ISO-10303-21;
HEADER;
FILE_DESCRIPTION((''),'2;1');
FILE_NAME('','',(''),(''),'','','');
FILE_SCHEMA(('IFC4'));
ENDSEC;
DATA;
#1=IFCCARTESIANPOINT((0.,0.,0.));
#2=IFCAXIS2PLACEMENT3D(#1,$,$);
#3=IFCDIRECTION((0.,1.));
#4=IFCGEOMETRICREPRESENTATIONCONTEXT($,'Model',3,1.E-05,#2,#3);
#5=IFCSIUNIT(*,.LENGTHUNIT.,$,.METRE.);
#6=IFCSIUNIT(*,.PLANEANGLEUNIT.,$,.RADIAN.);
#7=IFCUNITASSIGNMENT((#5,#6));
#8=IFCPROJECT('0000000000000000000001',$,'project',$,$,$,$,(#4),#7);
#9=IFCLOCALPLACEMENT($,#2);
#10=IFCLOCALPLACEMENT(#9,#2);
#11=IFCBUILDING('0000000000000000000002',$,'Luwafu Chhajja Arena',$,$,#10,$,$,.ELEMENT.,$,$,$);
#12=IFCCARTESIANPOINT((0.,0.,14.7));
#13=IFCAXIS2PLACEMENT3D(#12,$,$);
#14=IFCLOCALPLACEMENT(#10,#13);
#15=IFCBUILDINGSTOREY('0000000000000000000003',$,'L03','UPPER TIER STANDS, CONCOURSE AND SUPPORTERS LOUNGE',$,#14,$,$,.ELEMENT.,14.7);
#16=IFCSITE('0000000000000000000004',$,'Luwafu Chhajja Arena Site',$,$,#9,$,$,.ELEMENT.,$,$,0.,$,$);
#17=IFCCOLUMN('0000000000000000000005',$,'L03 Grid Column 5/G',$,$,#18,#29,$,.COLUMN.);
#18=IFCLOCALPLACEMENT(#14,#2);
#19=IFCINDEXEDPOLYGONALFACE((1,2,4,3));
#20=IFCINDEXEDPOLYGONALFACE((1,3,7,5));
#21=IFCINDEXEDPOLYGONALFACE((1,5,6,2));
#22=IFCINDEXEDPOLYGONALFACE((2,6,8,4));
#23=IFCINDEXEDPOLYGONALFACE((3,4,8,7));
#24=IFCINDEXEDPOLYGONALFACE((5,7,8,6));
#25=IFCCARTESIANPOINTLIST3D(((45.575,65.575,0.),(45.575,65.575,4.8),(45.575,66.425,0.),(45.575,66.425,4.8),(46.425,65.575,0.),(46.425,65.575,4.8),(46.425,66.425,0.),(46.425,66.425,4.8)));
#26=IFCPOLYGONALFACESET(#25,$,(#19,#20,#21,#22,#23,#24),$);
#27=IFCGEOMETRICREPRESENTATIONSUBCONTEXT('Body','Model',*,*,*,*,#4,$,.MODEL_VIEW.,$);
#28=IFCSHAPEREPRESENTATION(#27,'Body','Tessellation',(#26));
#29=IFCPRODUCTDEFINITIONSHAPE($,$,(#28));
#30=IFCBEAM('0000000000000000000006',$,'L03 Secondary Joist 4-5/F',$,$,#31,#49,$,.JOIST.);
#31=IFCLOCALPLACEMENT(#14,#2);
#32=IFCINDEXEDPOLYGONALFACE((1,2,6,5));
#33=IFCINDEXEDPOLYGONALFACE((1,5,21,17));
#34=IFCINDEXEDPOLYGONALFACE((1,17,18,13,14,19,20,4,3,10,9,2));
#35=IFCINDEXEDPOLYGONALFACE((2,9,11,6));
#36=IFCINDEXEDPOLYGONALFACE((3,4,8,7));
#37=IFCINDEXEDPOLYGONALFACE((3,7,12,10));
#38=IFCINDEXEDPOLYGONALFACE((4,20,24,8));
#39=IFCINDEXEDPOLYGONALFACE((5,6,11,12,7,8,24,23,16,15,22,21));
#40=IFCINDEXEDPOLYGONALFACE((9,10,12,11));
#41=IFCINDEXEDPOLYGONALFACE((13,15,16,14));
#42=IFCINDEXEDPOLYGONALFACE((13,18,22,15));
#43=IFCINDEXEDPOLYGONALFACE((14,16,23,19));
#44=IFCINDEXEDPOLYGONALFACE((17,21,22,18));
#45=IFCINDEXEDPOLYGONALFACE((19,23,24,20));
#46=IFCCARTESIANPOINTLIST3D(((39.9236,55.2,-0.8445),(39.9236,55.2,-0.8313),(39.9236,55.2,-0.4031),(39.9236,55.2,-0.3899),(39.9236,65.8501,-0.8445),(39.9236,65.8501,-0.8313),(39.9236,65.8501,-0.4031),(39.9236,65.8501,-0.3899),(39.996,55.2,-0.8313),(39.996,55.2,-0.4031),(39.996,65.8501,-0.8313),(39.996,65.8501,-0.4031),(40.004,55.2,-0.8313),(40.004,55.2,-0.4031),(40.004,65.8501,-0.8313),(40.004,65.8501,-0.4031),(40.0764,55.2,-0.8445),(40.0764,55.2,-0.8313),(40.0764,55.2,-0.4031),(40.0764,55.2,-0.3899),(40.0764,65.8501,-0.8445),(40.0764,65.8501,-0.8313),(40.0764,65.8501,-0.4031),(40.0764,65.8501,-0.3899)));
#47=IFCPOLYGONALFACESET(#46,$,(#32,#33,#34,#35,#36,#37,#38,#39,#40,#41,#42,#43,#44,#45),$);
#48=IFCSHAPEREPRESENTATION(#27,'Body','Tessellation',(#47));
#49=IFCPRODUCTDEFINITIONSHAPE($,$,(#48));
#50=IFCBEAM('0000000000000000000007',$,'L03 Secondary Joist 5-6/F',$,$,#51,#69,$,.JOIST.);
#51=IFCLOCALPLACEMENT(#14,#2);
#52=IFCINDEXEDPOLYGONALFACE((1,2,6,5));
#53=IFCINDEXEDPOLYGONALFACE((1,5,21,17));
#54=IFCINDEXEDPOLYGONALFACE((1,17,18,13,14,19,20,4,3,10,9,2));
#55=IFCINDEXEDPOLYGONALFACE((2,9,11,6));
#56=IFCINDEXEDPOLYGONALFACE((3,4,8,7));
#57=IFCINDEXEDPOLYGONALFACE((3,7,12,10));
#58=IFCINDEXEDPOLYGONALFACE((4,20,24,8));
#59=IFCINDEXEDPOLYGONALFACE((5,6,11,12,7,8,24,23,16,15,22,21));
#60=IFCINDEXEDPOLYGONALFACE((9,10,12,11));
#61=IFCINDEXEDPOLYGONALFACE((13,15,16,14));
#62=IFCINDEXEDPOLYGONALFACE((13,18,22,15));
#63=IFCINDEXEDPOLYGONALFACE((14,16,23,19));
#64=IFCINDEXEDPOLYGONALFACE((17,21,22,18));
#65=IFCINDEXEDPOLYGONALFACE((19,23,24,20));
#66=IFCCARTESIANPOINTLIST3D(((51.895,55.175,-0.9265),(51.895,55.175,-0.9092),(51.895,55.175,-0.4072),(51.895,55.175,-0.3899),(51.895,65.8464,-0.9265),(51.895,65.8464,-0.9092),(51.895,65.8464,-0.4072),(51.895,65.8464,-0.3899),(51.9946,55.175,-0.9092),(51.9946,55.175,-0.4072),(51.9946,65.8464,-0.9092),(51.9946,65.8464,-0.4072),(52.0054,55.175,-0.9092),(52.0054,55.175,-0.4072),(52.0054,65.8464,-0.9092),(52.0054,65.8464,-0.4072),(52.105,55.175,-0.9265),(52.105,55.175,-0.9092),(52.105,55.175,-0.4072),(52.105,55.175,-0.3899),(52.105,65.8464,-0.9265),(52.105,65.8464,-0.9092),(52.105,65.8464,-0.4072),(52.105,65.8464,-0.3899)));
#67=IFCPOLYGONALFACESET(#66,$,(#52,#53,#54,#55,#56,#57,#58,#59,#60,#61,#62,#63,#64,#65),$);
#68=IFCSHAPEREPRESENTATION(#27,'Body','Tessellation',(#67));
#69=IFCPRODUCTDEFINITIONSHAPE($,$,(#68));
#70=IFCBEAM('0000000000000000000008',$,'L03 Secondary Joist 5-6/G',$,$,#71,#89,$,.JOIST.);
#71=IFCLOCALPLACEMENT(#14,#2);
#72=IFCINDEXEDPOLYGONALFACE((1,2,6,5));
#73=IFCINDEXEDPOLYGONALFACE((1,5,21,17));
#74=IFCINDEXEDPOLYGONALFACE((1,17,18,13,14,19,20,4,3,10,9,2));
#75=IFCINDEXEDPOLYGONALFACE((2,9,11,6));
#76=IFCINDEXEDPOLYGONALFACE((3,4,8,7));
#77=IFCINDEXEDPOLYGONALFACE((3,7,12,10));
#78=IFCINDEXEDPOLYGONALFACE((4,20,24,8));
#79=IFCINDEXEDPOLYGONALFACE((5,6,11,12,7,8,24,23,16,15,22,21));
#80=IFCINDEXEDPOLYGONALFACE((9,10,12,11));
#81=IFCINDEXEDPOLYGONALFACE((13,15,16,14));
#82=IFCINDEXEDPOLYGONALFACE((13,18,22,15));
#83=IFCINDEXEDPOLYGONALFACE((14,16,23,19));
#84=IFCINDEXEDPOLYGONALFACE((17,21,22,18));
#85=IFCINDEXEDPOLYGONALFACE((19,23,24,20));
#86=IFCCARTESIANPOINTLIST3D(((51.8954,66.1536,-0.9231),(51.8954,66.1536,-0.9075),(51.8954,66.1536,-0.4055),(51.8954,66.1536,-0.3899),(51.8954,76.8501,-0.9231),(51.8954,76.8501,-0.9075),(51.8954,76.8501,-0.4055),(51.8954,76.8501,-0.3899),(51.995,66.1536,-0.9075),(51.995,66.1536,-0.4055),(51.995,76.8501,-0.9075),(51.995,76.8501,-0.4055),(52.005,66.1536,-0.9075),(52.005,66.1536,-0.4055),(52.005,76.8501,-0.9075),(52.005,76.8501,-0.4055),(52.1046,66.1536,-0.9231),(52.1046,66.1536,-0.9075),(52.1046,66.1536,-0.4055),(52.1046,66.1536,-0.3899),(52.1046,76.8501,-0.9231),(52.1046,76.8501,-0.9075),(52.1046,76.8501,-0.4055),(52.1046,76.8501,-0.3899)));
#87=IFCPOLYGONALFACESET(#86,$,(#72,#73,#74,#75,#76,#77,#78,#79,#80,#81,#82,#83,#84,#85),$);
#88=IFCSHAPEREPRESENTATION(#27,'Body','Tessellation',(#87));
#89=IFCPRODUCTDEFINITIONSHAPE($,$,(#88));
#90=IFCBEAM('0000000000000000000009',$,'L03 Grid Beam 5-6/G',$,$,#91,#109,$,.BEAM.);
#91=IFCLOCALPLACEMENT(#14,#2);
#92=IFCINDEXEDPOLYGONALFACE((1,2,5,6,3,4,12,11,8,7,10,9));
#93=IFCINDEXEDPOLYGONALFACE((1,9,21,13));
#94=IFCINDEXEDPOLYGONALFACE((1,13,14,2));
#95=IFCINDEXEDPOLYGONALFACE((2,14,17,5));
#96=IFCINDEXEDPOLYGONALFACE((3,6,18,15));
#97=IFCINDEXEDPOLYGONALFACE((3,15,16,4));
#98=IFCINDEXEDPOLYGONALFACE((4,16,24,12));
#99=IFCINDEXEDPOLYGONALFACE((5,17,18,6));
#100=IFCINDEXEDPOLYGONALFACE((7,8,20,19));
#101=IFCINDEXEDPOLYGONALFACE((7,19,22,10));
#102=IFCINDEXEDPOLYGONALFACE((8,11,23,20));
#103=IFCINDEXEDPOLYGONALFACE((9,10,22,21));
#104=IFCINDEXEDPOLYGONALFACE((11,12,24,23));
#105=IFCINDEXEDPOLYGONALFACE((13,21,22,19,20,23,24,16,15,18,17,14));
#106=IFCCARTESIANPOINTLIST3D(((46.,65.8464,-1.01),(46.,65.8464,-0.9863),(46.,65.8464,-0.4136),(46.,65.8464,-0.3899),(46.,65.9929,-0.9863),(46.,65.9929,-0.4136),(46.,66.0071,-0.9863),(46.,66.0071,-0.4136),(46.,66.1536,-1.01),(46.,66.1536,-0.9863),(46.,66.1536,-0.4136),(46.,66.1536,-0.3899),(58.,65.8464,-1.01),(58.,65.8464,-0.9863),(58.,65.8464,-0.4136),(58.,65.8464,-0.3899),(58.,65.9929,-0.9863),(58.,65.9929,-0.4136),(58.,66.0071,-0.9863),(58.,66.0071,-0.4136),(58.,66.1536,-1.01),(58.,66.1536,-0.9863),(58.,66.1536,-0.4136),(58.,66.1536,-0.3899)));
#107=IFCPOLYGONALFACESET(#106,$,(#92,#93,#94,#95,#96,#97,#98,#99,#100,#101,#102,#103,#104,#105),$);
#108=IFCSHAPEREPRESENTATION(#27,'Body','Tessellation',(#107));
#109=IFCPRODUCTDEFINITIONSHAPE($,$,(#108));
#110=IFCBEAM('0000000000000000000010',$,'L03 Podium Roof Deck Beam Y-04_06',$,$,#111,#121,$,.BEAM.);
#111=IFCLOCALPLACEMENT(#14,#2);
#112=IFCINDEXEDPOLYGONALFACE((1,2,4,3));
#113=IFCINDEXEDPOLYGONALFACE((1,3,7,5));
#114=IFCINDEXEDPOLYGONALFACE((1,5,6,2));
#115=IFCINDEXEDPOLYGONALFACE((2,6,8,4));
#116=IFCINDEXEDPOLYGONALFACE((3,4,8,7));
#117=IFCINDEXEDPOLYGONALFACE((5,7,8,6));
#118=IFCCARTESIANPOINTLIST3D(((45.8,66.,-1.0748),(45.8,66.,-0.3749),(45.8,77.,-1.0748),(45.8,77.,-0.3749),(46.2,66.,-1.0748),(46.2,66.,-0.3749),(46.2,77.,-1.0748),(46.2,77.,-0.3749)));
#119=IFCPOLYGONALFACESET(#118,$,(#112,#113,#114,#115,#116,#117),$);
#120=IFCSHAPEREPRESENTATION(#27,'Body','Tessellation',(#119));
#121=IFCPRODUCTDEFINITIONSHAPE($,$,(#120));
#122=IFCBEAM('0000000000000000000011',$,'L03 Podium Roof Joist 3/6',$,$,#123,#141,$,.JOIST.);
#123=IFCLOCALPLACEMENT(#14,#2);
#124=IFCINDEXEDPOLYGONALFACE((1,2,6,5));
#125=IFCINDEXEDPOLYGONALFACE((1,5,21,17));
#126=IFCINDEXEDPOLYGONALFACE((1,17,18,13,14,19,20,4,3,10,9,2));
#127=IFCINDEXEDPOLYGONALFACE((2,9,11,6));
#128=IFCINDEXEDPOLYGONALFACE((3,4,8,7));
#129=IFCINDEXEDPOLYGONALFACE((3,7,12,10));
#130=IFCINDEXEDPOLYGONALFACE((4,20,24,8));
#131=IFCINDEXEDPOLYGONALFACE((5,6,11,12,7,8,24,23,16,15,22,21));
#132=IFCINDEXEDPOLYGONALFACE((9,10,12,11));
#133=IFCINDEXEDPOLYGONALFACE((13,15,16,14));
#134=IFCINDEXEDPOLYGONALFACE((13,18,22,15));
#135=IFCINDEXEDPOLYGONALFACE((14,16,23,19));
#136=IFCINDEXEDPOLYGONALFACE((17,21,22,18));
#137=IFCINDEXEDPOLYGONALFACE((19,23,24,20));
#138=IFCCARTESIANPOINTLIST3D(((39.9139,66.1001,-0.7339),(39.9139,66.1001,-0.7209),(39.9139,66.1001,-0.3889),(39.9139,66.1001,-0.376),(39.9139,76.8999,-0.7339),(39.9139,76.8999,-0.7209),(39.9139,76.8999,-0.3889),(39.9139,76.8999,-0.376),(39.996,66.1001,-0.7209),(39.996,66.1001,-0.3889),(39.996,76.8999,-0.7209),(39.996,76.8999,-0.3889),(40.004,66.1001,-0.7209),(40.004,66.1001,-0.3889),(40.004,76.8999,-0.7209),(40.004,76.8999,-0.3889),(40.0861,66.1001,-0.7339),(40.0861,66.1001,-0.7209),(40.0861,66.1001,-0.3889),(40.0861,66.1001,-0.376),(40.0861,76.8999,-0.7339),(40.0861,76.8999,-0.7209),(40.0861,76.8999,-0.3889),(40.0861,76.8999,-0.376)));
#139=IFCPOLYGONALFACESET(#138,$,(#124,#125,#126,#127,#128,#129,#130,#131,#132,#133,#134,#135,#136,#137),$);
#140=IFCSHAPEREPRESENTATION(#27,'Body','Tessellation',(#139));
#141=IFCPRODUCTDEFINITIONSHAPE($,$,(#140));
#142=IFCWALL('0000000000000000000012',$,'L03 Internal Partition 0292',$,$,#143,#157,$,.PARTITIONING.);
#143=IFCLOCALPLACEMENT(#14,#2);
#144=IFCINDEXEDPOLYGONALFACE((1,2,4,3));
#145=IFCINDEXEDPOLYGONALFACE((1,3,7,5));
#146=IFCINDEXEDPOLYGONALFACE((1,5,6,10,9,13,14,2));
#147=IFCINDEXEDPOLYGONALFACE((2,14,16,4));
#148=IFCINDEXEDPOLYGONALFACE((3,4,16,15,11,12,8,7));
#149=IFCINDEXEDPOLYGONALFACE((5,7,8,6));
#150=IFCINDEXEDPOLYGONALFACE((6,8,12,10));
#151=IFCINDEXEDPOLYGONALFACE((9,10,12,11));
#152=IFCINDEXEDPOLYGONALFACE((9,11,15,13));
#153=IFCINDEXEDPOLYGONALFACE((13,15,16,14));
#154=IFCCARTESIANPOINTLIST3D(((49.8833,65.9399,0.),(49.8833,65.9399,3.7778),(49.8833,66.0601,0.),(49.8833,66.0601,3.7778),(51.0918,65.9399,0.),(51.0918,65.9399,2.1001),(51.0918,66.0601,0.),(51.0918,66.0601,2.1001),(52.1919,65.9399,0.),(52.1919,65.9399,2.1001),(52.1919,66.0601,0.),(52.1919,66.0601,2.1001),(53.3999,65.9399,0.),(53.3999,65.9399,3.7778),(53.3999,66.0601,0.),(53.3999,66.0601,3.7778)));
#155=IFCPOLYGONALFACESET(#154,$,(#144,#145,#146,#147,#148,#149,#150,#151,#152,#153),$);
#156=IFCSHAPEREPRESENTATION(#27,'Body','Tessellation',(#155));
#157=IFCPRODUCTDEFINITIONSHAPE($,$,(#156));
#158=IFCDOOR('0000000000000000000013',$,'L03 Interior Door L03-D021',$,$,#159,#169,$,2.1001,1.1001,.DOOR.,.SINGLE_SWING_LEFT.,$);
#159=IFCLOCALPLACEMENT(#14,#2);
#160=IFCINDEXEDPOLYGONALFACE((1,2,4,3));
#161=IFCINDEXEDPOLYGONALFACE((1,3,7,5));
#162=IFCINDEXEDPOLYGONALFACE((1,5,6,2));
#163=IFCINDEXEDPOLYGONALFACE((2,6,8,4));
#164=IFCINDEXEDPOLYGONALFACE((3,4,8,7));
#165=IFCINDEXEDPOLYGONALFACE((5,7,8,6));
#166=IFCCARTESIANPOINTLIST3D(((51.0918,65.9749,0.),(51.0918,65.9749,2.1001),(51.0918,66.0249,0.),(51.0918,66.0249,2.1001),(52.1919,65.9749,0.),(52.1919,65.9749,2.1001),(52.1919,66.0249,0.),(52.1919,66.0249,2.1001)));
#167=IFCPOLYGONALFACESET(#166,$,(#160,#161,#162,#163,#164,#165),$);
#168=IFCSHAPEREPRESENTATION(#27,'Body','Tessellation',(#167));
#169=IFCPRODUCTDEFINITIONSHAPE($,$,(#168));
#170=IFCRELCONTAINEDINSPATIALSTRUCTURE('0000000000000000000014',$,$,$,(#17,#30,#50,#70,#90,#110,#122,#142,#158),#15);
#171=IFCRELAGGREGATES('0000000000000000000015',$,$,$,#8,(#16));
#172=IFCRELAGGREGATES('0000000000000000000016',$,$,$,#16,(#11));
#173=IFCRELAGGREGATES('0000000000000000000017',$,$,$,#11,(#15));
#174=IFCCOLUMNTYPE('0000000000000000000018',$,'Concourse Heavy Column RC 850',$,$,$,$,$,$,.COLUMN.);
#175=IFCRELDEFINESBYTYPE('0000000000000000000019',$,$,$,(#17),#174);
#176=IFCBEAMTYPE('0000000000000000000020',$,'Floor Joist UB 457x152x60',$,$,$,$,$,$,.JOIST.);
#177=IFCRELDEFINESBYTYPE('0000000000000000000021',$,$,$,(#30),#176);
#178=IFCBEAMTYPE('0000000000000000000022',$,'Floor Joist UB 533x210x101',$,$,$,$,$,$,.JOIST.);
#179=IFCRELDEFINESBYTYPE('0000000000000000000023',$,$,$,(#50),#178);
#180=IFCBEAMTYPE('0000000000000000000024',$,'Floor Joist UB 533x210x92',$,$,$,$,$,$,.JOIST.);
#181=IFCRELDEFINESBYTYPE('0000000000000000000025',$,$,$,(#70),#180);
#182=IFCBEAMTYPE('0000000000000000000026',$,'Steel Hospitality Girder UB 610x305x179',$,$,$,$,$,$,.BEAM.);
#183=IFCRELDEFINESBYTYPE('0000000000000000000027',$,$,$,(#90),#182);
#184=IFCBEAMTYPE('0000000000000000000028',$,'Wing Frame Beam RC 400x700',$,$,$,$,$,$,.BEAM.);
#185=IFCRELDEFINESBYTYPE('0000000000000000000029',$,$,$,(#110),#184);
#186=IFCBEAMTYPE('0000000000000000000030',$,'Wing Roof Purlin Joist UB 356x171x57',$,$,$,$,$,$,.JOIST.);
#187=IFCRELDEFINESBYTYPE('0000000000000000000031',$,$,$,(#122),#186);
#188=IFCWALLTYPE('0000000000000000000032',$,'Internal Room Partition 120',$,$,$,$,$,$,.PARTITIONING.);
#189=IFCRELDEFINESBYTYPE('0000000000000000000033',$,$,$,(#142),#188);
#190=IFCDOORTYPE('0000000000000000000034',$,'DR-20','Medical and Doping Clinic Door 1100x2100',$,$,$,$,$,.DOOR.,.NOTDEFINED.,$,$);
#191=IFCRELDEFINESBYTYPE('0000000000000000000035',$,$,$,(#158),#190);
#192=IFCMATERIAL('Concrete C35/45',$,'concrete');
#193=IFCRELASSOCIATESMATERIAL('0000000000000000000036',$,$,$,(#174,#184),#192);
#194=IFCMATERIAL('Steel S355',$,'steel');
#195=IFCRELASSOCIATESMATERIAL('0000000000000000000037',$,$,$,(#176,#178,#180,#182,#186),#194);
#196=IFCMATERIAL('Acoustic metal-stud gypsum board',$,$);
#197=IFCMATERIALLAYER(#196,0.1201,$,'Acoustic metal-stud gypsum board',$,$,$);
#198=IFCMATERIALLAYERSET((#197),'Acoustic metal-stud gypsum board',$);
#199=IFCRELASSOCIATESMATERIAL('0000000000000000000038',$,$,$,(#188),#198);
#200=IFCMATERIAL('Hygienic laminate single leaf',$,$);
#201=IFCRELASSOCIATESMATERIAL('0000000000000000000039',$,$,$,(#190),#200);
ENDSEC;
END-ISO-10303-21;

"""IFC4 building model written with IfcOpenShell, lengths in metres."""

from ifc_helpers import new_model, si_unit, direction, frame, frame_2d, origin, origin_2d, place, context, subcontext, project, spatial, rectangle, i_section, extrude, material, layer, layer_set, material_profile, profile_set, type_object, element, fill, save


model = new_model("IFC4")

# Units and contexts
model_context = context("Model", 3, precision=1e-05, world=origin(), true_north=direction((0.0, 1.0)))
body_context = subcontext(model_context, "Body", "Model", "MODEL_VIEW")
ifc_project = project(units=[si_unit("LENGTHUNIT", "METRE"), si_unit("PLANEANGLEUNIT", "RADIAN")], contexts=[model_context])

# Site, building, storey
site_placement = place(None, origin())
site = spatial("IfcSite", under=ifc_project, at=site_placement, Name="Luwafu Chhajja Arena Site", CompositionType="ELEMENT", RefElevation=0.0)
building_placement = place(site_placement, origin())
building = spatial("IfcBuilding", under=site, at=building_placement, Name="Luwafu Chhajja Arena", CompositionType="ELEMENT")
storey_placement = place(building_placement, frame((0.0, 0.0, 14.7)))
storey = spatial("IfcBuildingStorey", under=building, at=storey_placement, Name="L03", Description="UPPER TIER STANDS, CONCOURSE AND SUPPORTERS LOUNGE", CompositionType="ELEMENT", Elevation=14.7)

# Column
ifc_material_1 = material(Name="Concrete C35/45", Category="concrete")
ifc_material_profile_1 = material_profile(ifc_material_1, rectangle(XDim=0.8501, YDim=0.8501, at=origin_2d()), Name="RC 850x850")
ifc_profile_set_1 = profile_set([ifc_material_profile_1], Name="Concrete C35/45")
column_type = type_object("IfcColumnType", Name="Concourse Heavy Column RC 850", PredefinedType="COLUMN", material=ifc_profile_set_1)
column_placement = place(storey_placement, frame((46.0, 66.0, 0.0), z_axis=(0.0, 0.0, 1.0), x_axis=(1.0, 0.0, 0.0)))
element("IfcColumn", 1, at=column_placement, inside=storey, type_object=column_type, Name="L03 Grid Column 5/G", PredefinedType="COLUMN", context=body_context, shape_type="SweptSolid", body=[
    extrude(rectangle(XDim=0.8501, YDim=0.8501, at=origin_2d()), origin(), (0.0, 0.0, 1.0), 4.8),
])

# Beams
ifc_material_2 = material(Name="Steel S355", Category="steel")
ifc_material_profile_2 = material_profile(ifc_material_2, i_section(OverallWidth=0.1528, OverallDepth=0.4546, WebThickness=0.0081, FlangeThickness=0.0132, at=origin_2d()), Name="UB 457x152x60")
ifc_profile_set_2 = profile_set([ifc_material_profile_2], Name="Steel S355")
beam_type_1 = type_object("IfcBeamType", Name="Floor Joist UB 457x152x60", PredefinedType="JOIST", material=ifc_profile_set_2)
beam_1_placement = place(storey_placement, frame((40.0, 55.2, -0.6172), z_axis=(0.0, 1.0, 0.0), x_axis=(-1.0, 0.0, 0.0)))
element("IfcBeam", 2, at=beam_1_placement, inside=storey, type_object=beam_type_1, Name="L03 Secondary Joist 4-5/F", PredefinedType="JOIST", context=body_context, shape_type="SweptSolid", body=[
    extrude(i_section(OverallWidth=0.1528, OverallDepth=0.4546, WebThickness=0.0081, FlangeThickness=0.0132, at=origin_2d()), origin(), (0.0, 0.0, 1.0), 10.6501),
])
ifc_material_profile_3 = material_profile(ifc_material_2, i_section(OverallWidth=0.21, OverallDepth=0.5366, WebThickness=0.0107, FlangeThickness=0.0173, at=origin_2d()), Name="UB 533x210x101")
ifc_profile_set_3 = profile_set([ifc_material_profile_3], Name="Steel S355")
beam_type_2 = type_object("IfcBeamType", Name="Floor Joist UB 533x210x101", PredefinedType="JOIST", material=ifc_profile_set_3)
beam_2_placement = place(storey_placement, frame((52.0, 55.175, -0.6582), z_axis=(0.0, 1.0, 0.0), x_axis=(-1.0, 0.0, 0.0)))
element("IfcBeam", 3, at=beam_2_placement, inside=storey, type_object=beam_type_2, Name="L03 Secondary Joist 5-6/F", PredefinedType="JOIST", context=body_context, shape_type="SweptSolid", body=[
    extrude(i_section(OverallWidth=0.21, OverallDepth=0.5366, WebThickness=0.0107, FlangeThickness=0.0173, at=origin_2d()), origin(), (0.0, 0.0, 1.0), 10.6714),
])
ifc_material_profile_4 = material_profile(ifc_material_2, i_section(OverallWidth=0.2092, OverallDepth=0.5332, WebThickness=0.01, FlangeThickness=0.0156, at=origin_2d()), Name="UB 533x210x92")
ifc_profile_set_4 = profile_set([ifc_material_profile_4], Name="Steel S355")
beam_type_3 = type_object("IfcBeamType", Name="Floor Joist UB 533x210x92", PredefinedType="JOIST", material=ifc_profile_set_4)
beam_3_placement = place(storey_placement, frame((52.0, 66.1536, -0.6565), z_axis=(0.0, 1.0, 0.0), x_axis=(-1.0, 0.0, 0.0)))
element("IfcBeam", 4, at=beam_3_placement, inside=storey, type_object=beam_type_3, Name="L03 Secondary Joist 5-6/G", PredefinedType="JOIST", context=body_context, shape_type="SweptSolid", body=[
    extrude(i_section(OverallWidth=0.2092, OverallDepth=0.5332, WebThickness=0.01, FlangeThickness=0.0156, at=origin_2d()), origin(), (0.0, 0.0, 1.0), 10.6965),
])
ifc_material_profile_5 = material_profile(ifc_material_2, i_section(OverallWidth=0.3071, OverallDepth=0.6201, WebThickness=0.0142, FlangeThickness=0.0237, at=origin_2d()), Name="UB 610x305x179")
ifc_profile_set_5 = profile_set([ifc_material_profile_5], Name="Steel S355")
beam_type_4 = type_object("IfcBeamType", Name="Steel Hospitality Girder UB 610x305x179", PredefinedType="BEAM", material=ifc_profile_set_5)
beam_4_placement = place(storey_placement, frame((46.0, 66.0, -0.7), z_axis=(1.0, 0.0, 0.0), x_axis=(0.0, 1.0, 0.0)))
element("IfcBeam", 5, at=beam_4_placement, inside=storey, type_object=beam_type_4, Name="L03 Grid Beam 5-6/G", PredefinedType="BEAM", context=body_context, shape_type="SweptSolid", body=[
    extrude(i_section(OverallWidth=0.3071, OverallDepth=0.6201, WebThickness=0.0142, FlangeThickness=0.0237, at=origin_2d()), origin(), (0.0, 0.0, 1.0), 12.0),
])
ifc_material_profile_6 = material_profile(ifc_material_1, rectangle(XDim=0.3999, YDim=0.7, at=origin_2d()), Name="RC 400x700")
ifc_profile_set_6 = profile_set([ifc_material_profile_6], Name="Concrete C35/45")
beam_type_5 = type_object("IfcBeamType", Name="Wing Frame Beam RC 400x700", PredefinedType="BEAM", material=ifc_profile_set_6)
beam_5_placement = place(storey_placement, frame((46.0, 66.0, -0.7249), z_axis=(0.0, 1.0, 0.0), x_axis=(-1.0, 0.0, 0.0)))
element("IfcBeam", 6, at=beam_5_placement, inside=storey, type_object=beam_type_5, Name="L03 Podium Roof Deck Beam Y-04_06", PredefinedType="BEAM", context=body_context, shape_type="SweptSolid", body=[
    extrude(rectangle(XDim=0.3999, YDim=0.7, at=origin_2d()), origin(), (0.0, 0.0, 1.0), 11.0),
])
ifc_material_profile_7 = material_profile(ifc_material_2, i_section(OverallWidth=0.1721, OverallDepth=0.3579, WebThickness=0.0081, FlangeThickness=0.0129, at=origin_2d()), Name="UB 356x171x57")
ifc_profile_set_7 = profile_set([ifc_material_profile_7], Name="Steel S355")
beam_type_6 = type_object("IfcBeamType", Name="Wing Roof Purlin Joist UB 356x171x57", PredefinedType="JOIST", material=ifc_profile_set_7)
beam_6_placement = place(storey_placement, frame((40.0, 66.1001, -0.5549), z_axis=(0.0, 1.0, 0.0), x_axis=(-1.0, 0.0, 0.0)))
element("IfcBeam", 7, at=beam_6_placement, inside=storey, type_object=beam_type_6, Name="L03 Podium Roof Joist 3/6", PredefinedType="JOIST", context=body_context, shape_type="SweptSolid", body=[
    extrude(i_section(OverallWidth=0.1721, OverallDepth=0.3579, WebThickness=0.0081, FlangeThickness=0.0129, at=origin_2d()), origin(), (0.0, 0.0, 1.0), 10.7998),
])

# Wall, opening, door
ifc_material_3 = material(Name="Acoustic metal-stud gypsum board")
ifc_layer_1 = layer(ifc_material_3, 0.1201, Name="Acoustic metal-stud gypsum board")
ifc_layer_set_1 = layer_set([ifc_layer_1], Name="Acoustic metal-stud gypsum board")
wall_type_1 = type_object("IfcWallType", Name="Internal Room Partition 120", PredefinedType="PARTITIONING", material=ifc_layer_set_1)
wall_1_placement = place(storey_placement, frame((49.8833, 66.0, 0.0), z_axis=(0.0, 0.0, 1.0), x_axis=(1.0, 0.0, 0.0)))
wall_1 = element("IfcWall", 8, at=wall_1_placement, inside=storey, type_object=wall_type_1, Name="L03 Internal Partition 0292", PredefinedType="PARTITIONING", context=body_context, shape_type="SweptSolid", body=[
    extrude(rectangle(XDim=3.5166, YDim=0.1201, at=frame_2d((1.7583, 0.0))), origin(), (0.0, 0.0, 1.0), 3.7778),
])
opening_1_placement = place(wall_1_placement, frame((1.2085, 0.0, 0.0)))
opening_1 = element("IfcOpeningElement", 9, at=opening_1_placement, cuts=wall_1, PredefinedType="OPENING", context=body_context, shape_type="SweptSolid", body=[
    extrude(rectangle(XDim=1.1001, YDim=2.1001, at=frame_2d((0.55, 1.05))), frame((0.0, 0.0701, 0.0), z_axis=(0.0, -1.0, 0.0), x_axis=(1.0, 0.0, 0.0)), (0.0, 0.0, 1.0), 0.1401),
])
ifc_material_4 = material(Name="Hygienic laminate single leaf")
door_type_1 = type_object("IfcDoorType", Name="DR-20", Description="Medical and Doping Clinic Door 1100x2100", OperationType="NOTDEFINED", PredefinedType="DOOR", material=ifc_material_4)
door_1_placement = place(opening_1_placement, origin())
door_1 = element("IfcDoor", 10, at=door_1_placement, inside=storey, type_object=door_type_1, Name="L03 Interior Door L03-D021", OperationType="SINGLE_SWING_LEFT", OverallHeight=2.1001, OverallWidth=1.1001, PredefinedType="DOOR", context=body_context, shape_type="SweptSolid", body=[
    extrude(rectangle(XDim=1.1001, YDim=2.1001, at=frame_2d((0.55, 1.05))), frame((0.0, 0.0249, 0.0), z_axis=(0.0, -1.0, 0.0), x_axis=(1.0, 0.0, 0.0)), (0.0, 0.0, 1.0), 0.05),
])
fill(opening_1, door_1)

save(model, "model.ifc")
